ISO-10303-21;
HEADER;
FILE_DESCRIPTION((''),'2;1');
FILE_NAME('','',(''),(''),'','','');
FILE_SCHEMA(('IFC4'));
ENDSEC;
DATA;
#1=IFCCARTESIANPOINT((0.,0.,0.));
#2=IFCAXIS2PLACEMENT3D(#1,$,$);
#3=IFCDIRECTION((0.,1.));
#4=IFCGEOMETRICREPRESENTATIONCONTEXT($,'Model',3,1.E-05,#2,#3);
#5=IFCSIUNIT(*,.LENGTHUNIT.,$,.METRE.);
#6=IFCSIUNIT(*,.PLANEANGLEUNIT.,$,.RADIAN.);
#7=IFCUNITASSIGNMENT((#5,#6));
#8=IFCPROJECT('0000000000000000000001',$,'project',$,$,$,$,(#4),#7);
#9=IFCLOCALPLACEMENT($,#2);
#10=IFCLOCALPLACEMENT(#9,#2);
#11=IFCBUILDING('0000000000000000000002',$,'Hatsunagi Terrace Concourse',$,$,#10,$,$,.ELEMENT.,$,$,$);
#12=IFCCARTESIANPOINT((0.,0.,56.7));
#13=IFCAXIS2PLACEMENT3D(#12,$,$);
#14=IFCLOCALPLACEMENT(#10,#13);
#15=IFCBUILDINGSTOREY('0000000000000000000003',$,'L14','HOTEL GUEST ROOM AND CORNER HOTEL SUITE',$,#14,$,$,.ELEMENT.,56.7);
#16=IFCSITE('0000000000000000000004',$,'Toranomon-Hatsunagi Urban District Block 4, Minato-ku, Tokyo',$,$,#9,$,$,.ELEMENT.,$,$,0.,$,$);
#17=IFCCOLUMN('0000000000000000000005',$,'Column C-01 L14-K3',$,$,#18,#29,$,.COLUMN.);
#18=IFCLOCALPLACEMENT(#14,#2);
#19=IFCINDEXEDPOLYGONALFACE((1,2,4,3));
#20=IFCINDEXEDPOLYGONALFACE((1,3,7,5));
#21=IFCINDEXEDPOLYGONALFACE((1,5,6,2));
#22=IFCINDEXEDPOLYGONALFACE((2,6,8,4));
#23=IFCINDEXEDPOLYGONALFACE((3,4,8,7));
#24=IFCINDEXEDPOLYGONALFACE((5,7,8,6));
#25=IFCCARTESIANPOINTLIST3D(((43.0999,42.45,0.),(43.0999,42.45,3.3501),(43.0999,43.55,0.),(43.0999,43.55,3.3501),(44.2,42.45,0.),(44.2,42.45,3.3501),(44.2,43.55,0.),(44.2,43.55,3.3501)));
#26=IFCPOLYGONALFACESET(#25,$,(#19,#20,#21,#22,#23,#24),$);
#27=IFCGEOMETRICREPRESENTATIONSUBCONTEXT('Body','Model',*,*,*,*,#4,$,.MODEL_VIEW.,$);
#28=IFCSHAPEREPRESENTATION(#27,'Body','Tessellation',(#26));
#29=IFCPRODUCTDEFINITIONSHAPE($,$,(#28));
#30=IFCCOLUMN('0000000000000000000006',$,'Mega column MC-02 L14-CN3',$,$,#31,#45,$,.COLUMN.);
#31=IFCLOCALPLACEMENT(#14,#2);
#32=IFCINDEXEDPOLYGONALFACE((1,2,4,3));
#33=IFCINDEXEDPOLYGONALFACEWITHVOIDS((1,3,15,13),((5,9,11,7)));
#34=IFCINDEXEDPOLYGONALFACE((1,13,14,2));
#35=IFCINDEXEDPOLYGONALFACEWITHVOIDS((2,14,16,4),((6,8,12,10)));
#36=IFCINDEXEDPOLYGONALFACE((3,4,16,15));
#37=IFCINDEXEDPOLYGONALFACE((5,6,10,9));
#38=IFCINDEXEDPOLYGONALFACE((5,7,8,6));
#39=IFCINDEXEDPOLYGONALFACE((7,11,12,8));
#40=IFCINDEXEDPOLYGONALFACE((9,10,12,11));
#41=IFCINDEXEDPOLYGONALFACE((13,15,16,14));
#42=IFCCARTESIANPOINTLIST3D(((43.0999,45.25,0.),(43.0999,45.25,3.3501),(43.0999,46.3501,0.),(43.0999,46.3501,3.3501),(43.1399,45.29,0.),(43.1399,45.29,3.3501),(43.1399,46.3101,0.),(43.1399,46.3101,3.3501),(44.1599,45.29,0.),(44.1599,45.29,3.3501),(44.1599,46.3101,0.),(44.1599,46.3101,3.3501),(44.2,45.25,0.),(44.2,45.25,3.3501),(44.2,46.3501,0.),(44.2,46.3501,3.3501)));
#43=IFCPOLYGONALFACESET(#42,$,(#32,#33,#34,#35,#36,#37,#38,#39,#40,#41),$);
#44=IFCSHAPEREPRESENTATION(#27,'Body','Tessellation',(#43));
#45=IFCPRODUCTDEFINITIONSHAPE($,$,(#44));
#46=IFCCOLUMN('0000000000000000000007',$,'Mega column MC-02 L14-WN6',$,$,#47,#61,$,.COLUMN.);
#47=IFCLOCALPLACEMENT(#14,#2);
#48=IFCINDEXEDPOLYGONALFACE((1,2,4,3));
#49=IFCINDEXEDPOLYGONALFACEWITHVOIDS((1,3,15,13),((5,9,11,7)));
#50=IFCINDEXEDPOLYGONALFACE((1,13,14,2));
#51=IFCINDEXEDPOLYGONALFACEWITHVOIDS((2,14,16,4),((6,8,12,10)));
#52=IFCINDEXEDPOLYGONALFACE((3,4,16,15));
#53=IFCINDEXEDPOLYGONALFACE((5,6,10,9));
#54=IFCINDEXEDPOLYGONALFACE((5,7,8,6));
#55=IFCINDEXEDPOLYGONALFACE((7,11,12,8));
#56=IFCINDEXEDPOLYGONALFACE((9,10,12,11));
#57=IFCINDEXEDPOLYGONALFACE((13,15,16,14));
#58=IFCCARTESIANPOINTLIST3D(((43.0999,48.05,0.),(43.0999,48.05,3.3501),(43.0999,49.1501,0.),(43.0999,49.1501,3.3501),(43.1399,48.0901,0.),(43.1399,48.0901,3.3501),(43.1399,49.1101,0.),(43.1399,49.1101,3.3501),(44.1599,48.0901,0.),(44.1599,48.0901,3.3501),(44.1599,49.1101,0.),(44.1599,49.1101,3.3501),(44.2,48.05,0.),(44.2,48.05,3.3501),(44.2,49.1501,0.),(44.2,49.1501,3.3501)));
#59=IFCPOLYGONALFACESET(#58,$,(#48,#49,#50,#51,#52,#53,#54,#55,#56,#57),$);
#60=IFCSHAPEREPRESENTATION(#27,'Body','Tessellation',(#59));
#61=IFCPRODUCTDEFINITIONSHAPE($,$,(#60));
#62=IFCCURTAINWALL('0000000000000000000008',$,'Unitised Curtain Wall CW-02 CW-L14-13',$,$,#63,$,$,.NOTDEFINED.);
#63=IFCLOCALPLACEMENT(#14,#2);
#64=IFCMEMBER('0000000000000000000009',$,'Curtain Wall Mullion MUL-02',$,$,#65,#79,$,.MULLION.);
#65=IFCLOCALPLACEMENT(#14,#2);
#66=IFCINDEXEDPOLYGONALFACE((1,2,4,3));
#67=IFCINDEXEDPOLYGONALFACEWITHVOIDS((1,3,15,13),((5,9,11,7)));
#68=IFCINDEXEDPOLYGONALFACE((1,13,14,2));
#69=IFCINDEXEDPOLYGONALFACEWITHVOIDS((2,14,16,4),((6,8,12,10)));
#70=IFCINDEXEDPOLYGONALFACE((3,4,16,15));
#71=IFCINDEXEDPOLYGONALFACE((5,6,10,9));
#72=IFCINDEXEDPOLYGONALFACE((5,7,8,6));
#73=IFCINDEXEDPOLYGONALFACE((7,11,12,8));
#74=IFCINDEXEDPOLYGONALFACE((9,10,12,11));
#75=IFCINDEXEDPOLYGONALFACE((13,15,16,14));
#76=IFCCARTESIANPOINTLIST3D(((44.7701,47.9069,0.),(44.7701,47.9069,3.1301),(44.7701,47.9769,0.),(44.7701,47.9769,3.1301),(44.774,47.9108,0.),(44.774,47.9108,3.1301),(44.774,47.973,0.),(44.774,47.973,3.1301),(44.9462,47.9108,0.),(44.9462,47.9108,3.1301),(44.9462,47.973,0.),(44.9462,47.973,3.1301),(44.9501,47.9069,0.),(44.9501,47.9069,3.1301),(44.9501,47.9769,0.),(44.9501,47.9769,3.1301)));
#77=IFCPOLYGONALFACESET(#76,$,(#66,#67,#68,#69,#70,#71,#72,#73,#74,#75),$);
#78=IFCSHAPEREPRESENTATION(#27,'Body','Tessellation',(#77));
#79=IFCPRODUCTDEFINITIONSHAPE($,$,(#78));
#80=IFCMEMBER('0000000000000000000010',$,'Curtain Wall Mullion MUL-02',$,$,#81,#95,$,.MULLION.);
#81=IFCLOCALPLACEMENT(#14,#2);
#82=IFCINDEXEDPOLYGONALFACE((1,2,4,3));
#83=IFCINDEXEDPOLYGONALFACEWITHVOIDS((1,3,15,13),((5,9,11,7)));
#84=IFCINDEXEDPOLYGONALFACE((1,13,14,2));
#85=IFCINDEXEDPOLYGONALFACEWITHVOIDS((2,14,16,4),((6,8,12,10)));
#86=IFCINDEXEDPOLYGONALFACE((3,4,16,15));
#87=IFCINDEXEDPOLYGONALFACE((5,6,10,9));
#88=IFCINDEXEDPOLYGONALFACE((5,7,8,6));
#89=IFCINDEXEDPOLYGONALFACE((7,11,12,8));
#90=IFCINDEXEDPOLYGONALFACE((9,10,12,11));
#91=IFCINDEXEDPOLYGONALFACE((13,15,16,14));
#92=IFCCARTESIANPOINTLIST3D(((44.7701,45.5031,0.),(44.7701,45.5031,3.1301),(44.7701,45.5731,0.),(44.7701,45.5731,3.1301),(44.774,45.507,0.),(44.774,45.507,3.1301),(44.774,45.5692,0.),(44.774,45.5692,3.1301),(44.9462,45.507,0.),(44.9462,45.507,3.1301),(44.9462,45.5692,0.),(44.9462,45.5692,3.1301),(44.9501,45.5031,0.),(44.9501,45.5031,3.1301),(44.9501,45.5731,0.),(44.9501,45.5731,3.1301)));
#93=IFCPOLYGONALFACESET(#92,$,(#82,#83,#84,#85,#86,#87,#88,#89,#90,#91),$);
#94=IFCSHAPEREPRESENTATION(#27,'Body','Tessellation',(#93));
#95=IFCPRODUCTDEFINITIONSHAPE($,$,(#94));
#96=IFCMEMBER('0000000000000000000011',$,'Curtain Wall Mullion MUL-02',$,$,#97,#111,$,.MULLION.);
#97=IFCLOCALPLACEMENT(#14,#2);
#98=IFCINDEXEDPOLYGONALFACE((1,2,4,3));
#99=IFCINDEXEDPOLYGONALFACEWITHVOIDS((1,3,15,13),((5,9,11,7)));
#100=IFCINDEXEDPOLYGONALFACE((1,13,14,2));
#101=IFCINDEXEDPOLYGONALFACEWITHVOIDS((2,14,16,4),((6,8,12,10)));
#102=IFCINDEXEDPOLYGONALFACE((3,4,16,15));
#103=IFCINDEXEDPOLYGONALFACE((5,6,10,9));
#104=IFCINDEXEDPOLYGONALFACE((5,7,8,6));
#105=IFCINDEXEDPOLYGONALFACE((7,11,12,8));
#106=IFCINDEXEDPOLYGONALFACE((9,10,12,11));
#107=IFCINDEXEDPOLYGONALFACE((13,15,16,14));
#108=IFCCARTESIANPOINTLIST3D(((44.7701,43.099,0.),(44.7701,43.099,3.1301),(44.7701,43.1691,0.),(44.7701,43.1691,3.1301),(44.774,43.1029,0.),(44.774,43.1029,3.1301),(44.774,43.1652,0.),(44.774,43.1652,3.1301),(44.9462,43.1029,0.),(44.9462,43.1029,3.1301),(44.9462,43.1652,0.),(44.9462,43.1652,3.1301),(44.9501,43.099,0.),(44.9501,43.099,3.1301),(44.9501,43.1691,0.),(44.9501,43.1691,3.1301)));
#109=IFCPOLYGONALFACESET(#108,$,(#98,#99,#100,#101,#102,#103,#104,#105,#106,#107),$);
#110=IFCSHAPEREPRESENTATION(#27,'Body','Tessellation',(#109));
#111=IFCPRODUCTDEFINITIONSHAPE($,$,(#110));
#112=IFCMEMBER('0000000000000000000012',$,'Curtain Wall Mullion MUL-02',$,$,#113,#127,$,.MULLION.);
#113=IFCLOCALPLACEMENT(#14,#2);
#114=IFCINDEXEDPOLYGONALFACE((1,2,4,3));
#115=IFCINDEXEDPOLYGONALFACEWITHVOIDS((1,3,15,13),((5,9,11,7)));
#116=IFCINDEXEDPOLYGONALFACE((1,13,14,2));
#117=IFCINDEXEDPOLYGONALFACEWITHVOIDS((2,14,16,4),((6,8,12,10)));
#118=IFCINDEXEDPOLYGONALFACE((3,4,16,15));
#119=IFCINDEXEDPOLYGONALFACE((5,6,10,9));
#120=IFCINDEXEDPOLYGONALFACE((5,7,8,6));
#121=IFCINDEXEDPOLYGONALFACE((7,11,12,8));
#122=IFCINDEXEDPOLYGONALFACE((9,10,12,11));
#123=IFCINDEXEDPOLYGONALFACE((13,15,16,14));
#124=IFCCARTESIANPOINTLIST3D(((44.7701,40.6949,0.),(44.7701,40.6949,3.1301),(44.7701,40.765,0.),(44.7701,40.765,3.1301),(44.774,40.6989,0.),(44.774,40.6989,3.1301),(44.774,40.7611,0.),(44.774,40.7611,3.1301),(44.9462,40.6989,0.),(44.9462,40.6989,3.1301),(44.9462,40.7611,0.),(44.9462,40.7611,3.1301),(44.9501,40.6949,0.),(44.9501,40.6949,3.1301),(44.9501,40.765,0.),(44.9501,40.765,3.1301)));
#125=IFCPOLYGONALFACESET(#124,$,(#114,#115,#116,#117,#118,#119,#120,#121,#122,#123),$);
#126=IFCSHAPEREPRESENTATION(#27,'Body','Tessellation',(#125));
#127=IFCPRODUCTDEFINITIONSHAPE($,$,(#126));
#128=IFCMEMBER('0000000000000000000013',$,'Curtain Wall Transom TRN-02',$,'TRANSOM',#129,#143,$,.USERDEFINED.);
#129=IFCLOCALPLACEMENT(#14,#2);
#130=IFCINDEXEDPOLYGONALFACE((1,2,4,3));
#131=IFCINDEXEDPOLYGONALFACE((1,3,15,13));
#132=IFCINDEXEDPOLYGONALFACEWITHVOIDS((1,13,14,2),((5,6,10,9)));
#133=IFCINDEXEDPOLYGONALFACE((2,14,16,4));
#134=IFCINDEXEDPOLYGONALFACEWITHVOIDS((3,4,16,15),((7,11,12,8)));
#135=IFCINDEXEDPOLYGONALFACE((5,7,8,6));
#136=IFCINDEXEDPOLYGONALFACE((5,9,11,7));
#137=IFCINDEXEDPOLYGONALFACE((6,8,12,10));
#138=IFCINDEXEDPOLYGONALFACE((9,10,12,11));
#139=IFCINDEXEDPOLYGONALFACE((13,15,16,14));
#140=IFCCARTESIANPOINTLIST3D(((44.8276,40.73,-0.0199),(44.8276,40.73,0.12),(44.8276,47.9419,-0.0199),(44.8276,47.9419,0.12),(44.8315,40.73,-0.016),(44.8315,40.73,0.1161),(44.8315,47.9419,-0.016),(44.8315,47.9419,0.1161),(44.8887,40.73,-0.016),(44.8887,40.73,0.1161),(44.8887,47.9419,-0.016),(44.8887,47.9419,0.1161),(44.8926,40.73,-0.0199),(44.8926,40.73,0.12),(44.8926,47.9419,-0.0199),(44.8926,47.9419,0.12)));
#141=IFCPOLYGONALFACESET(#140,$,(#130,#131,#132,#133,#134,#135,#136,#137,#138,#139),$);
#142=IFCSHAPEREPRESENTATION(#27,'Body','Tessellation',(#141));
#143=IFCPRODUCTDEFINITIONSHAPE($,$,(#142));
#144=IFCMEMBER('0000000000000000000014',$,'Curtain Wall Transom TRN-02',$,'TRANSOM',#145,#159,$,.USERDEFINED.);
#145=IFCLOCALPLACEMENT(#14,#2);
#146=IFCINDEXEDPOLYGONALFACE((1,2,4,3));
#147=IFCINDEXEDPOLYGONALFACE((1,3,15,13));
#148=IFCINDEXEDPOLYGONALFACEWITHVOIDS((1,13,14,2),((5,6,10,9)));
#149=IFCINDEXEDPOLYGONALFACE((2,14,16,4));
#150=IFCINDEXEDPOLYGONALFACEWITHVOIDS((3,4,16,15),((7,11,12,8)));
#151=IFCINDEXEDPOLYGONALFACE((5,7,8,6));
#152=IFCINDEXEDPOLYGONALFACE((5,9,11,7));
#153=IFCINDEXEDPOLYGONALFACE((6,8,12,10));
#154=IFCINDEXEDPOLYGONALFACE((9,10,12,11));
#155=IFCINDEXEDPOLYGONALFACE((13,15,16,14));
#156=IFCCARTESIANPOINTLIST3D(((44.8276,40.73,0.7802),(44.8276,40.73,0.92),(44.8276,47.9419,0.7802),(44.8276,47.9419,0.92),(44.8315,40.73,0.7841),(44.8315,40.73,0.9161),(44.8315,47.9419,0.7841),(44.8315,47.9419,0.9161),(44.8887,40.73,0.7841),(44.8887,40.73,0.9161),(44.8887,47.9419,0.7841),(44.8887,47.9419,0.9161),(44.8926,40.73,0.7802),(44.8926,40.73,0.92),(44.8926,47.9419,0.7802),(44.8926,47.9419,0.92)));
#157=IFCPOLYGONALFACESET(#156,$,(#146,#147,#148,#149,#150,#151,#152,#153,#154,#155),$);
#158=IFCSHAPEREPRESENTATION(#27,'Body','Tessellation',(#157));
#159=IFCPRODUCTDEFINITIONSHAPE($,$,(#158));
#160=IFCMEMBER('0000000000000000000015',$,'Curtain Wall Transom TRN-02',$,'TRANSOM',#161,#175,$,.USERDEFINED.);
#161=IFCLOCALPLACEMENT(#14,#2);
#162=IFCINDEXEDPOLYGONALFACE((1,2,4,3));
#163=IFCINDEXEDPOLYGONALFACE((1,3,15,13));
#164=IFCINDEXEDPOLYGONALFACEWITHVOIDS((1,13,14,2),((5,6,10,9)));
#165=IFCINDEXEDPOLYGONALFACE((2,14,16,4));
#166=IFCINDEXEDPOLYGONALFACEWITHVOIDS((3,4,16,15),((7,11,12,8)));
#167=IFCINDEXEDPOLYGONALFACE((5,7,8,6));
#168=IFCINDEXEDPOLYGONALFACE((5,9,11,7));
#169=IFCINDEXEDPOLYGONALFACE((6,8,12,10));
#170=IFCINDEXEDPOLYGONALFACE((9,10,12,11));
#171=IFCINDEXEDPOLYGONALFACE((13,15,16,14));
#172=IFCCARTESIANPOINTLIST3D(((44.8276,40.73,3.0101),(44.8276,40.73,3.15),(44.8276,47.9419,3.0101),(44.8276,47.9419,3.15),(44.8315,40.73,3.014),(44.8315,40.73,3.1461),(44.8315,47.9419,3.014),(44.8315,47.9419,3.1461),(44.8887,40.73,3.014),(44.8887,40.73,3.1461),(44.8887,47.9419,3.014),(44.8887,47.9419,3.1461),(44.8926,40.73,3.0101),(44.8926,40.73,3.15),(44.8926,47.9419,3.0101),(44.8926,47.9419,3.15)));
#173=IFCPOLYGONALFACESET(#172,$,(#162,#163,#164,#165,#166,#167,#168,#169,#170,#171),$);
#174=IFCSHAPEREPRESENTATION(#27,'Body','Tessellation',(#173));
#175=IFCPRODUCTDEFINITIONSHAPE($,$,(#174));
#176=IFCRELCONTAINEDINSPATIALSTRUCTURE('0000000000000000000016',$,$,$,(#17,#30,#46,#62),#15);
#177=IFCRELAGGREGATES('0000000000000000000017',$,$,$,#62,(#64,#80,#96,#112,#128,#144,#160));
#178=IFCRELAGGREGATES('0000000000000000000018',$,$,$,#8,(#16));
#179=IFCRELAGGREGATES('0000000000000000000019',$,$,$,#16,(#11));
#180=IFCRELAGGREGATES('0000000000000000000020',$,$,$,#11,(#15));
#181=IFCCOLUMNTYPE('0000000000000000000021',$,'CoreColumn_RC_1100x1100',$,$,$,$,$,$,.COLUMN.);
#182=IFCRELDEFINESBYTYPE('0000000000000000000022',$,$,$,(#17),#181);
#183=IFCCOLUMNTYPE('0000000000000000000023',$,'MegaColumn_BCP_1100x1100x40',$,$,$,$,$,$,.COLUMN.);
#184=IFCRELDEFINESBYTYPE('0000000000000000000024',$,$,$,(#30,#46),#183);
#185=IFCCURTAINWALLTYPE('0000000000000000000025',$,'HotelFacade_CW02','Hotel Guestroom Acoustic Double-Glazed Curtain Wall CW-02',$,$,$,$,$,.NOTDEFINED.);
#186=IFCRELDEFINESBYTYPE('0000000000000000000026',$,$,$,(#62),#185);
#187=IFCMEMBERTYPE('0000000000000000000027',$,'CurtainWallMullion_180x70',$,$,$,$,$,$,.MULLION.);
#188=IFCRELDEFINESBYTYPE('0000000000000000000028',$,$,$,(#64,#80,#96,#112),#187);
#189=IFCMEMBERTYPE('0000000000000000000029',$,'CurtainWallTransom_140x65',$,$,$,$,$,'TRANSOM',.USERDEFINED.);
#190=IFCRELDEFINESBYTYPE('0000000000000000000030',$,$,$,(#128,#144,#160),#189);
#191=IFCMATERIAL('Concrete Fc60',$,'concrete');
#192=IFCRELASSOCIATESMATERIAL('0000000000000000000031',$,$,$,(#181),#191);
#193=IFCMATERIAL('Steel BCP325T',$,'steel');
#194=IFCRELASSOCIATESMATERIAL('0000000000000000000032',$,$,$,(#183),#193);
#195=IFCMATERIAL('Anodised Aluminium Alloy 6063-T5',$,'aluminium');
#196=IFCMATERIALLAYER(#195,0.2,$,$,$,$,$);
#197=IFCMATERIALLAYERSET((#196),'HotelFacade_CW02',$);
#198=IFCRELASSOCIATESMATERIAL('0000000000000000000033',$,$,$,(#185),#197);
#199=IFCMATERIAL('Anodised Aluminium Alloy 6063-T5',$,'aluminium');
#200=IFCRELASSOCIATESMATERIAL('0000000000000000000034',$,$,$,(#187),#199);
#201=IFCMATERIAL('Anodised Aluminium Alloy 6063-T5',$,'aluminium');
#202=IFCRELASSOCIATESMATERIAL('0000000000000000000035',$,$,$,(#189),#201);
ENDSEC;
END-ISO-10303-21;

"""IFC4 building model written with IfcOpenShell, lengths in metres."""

from ifc_helpers import new_model, si_unit, direction, frame, origin, origin_2d, place, context, subcontext, project, spatial, rectangle, hollow_rectangle, extrude, material, layer, layer_set, material_profile, profile_set, type_object, element, aggregate, save


model = new_model("IFC4")

# Units and contexts
model_context = context("Model", 3, precision=1e-05, world=origin(), true_north=direction((0.0, 1.0)))
body_context = subcontext(model_context, "Body", "Model", "MODEL_VIEW")
ifc_project = project(units=[si_unit("LENGTHUNIT", "METRE"), si_unit("PLANEANGLEUNIT", "RADIAN")], contexts=[model_context])

# Site, building, storey
site_placement = place(None, origin())
site = spatial("IfcSite", under=ifc_project, at=site_placement, Name="Toranomon-Hatsunagi Urban District Block 4, Minato-ku, Tokyo", CompositionType="ELEMENT", RefElevation=0.0)
building_placement = place(site_placement, origin())
building = spatial("IfcBuilding", under=site, at=building_placement, Name="Hatsunagi Terrace Concourse", CompositionType="ELEMENT")
storey_placement = place(building_placement, frame((0.0, 0.0, 56.7)))
storey = spatial("IfcBuildingStorey", under=building, at=storey_placement, Name="L14", Description="HOTEL GUEST ROOM AND CORNER HOTEL SUITE", CompositionType="ELEMENT", Elevation=56.7)

# Columns
ifc_material_1 = material(Name="Concrete Fc60", Category="concrete")
ifc_material_profile_1 = material_profile(ifc_material_1, rectangle(XDim=1.1001, YDim=1.1001, at=origin_2d()), Name="RC-1100x1100")
ifc_profile_set_1 = profile_set([ifc_material_profile_1], Name="Concrete Fc60")
column_type_1 = type_object("IfcColumnType", Name="CoreColumn_RC_1100x1100", PredefinedType="COLUMN", material=ifc_profile_set_1)
column_placement = place(storey_placement, frame((43.6499, 43.0, 0.0), z_axis=(0.0, 0.0, 1.0), x_axis=(1.0, 0.0, 0.0)))
element("IfcColumn", 1, at=column_placement, inside=storey, type_object=column_type_1, Name="Column C-01 L14-K3", PredefinedType="COLUMN", context=body_context, shape_type="SweptSolid", body=[
    extrude(rectangle(XDim=1.1001, YDim=1.1001, at=origin_2d()), origin(), (0.0, 0.0, 1.0), 3.3501),
])
ifc_material_2 = material(Name="Steel BCP325T", Category="steel")
ifc_material_profile_2 = material_profile(ifc_material_2, hollow_rectangle(XDim=1.1001, YDim=1.1001, WallThickness=0.04, at=origin_2d()), Name="BCP-1100x1100x40")
ifc_profile_set_2 = profile_set([ifc_material_profile_2], Name="Steel BCP325T")
column_type_2 = type_object("IfcColumnType", Name="MegaColumn_BCP_1100x1100x40", PredefinedType="COLUMN", material=ifc_profile_set_2)
for number, where, z_axis, x_axis, name in (
    (2, (43.6499, 45.8, 0.0), (0.0, 0.0, 1.0), (1.0, 0.0, 0.0), "Mega column MC-02 L14-CN3"),
    (3, (43.6499, 48.6001, 0.0), (0.0, 0.0, 1.0), (1.0, 0.0, 0.0), "Mega column MC-02 L14-WN6"),
):
    element("IfcColumn", number, at=place(storey_placement, frame(where, z_axis=z_axis, x_axis=x_axis)), inside=storey, type_object=column_type_2, Name=name, PredefinedType="COLUMN", context=body_context, shape_type="SweptSolid", body=[
        extrude(hollow_rectangle(XDim=1.1001, YDim=1.1001, WallThickness=0.04, at=origin_2d()), origin(), (0.0, 0.0, 1.0), 3.3501),
    ])

# Curtain wall, members
ifc_material_3 = material(Name="Anodised Aluminium Alloy 6063-T5", Category="aluminium")
ifc_layer_1 = layer(ifc_material_3, 0.2)
ifc_layer_set_1 = layer_set([ifc_layer_1], Name="HotelFacade_CW02")
curtain_wall_type = type_object("IfcCurtainWallType", Name="HotelFacade_CW02", Description="Hotel Guestroom Acoustic Double-Glazed Curtain Wall CW-02", PredefinedType="NOTDEFINED", material=ifc_layer_set_1)
curtain_wall_placement = place(storey_placement, origin())
curtain_wall = element("IfcCurtainWall", 4, at=curtain_wall_placement, inside=storey, type_object=curtain_wall_type, Name="Unitised Curtain Wall CW-02 CW-L14-13", PredefinedType="NOTDEFINED")
ifc_material_4 = material(Name="Anodised Aluminium Alloy 6063-T5", Category="aluminium")
ifc_material_profile_3 = material_profile(ifc_material_4, hollow_rectangle(XDim=0.0701, YDim=0.1799, WallThickness=0.0039, at=origin_2d()), Name="ALU-MUL-180x70x4")
ifc_profile_set_3 = profile_set([ifc_material_profile_3], Name="Anodised Aluminium Alloy 6063-T5")
member_type_1 = type_object("IfcMemberType", Name="CurtainWallMullion_180x70", PredefinedType="MULLION", material=ifc_profile_set_3)
member_1_placement = place(storey_placement, frame((44.8601, 47.9419, 0.0), z_axis=(0.0, 0.0, 1.0), x_axis=(0.0, -1.0, 0.0)))
member_1 = element("IfcMember", 5, at=member_1_placement, type_object=member_type_1, Name="Curtain Wall Mullion MUL-02", PredefinedType="MULLION", context=body_context, shape_type="SweptSolid", body=[
    extrude(hollow_rectangle(XDim=0.0701, YDim=0.1799, WallThickness=0.0039, at=origin_2d()), origin(), (0.0, 0.0, 1.0), 3.1301),
])
member_2_placement = place(storey_placement, frame((44.8601, 45.5381, 0.0), z_axis=(0.0, 0.0, 1.0), x_axis=(0.0, -1.0, 0.0)))
member_2 = element("IfcMember", 6, at=member_2_placement, type_object=member_type_1, Name="Curtain Wall Mullion MUL-02", PredefinedType="MULLION", context=body_context, shape_type="SweptSolid", body=[
    extrude(hollow_rectangle(XDim=0.0701, YDim=0.1799, WallThickness=0.0039, at=origin_2d()), origin(), (0.0, 0.0, 1.0), 3.1301),
])
member_3_placement = place(storey_placement, frame((44.8601, 43.134, 0.0), z_axis=(0.0, 0.0, 1.0), x_axis=(0.0, -1.0, 0.0)))
member_3 = element("IfcMember", 7, at=member_3_placement, type_object=member_type_1, Name="Curtain Wall Mullion MUL-02", PredefinedType="MULLION", context=body_context, shape_type="SweptSolid", body=[
    extrude(hollow_rectangle(XDim=0.0701, YDim=0.1799, WallThickness=0.0039, at=origin_2d()), origin(), (0.0, 0.0, 1.0), 3.1301),
])
member_4_placement = place(storey_placement, frame((44.8601, 40.73, 0.0), z_axis=(0.0, 0.0, 1.0), x_axis=(0.0, -1.0, 0.0)))
member_4 = element("IfcMember", 8, at=member_4_placement, type_object=member_type_1, Name="Curtain Wall Mullion MUL-02", PredefinedType="MULLION", context=body_context, shape_type="SweptSolid", body=[
    extrude(hollow_rectangle(XDim=0.0701, YDim=0.1799, WallThickness=0.0039, at=origin_2d()), origin(), (0.0, 0.0, 1.0), 3.1301),
])
ifc_material_5 = material(Name="Anodised Aluminium Alloy 6063-T5", Category="aluminium")
ifc_material_profile_4 = material_profile(ifc_material_5, hollow_rectangle(XDim=0.0649, YDim=0.1399, WallThickness=0.0039, at=origin_2d()), Name="ALU-TRN-140x65x4")
ifc_profile_set_4 = profile_set([ifc_material_profile_4], Name="Anodised Aluminium Alloy 6063-T5")
member_type_2 = type_object("IfcMemberType", Name="CurtainWallTransom_140x65", ElementType="TRANSOM", PredefinedType="USERDEFINED", material=ifc_profile_set_4)
member_5_placement = place(storey_placement, frame((44.8601, 47.9419, 0.05), z_axis=(0.0, -1.0, 0.0), x_axis=(1.0, 0.0, 0.0)))
member_5 = element("IfcMember", 9, at=member_5_placement, type_object=member_type_2, Name="Curtain Wall Transom TRN-02", ObjectType="TRANSOM", PredefinedType="USERDEFINED", context=body_context, shape_type="SweptSolid", body=[
    extrude(hollow_rectangle(XDim=0.0649, YDim=0.1399, WallThickness=0.0039, at=origin_2d()), origin(), (0.0, 0.0, 1.0), 7.2119),
])
member_6_placement = place(storey_placement, frame((44.8601, 47.9419, 0.8501), z_axis=(0.0, -1.0, 0.0), x_axis=(1.0, 0.0, 0.0)))
member_6 = element("IfcMember", 10, at=member_6_placement, type_object=member_type_2, Name="Curtain Wall Transom TRN-02", ObjectType="TRANSOM", PredefinedType="USERDEFINED", context=body_context, shape_type="SweptSolid", body=[
    extrude(hollow_rectangle(XDim=0.0649, YDim=0.1399, WallThickness=0.0039, at=origin_2d()), origin(), (0.0, 0.0, 1.0), 7.2119),
])
member_7_placement = place(storey_placement, frame((44.8601, 47.9419, 3.0801), z_axis=(0.0, -1.0, 0.0), x_axis=(1.0, 0.0, 0.0)))
member_7 = element("IfcMember", 11, at=member_7_placement, type_object=member_type_2, Name="Curtain Wall Transom TRN-02", ObjectType="TRANSOM", PredefinedType="USERDEFINED", context=body_context, shape_type="SweptSolid", body=[
    extrude(hollow_rectangle(XDim=0.0649, YDim=0.1399, WallThickness=0.0039, at=origin_2d()), origin(), (0.0, 0.0, 1.0), 7.2119),
])

aggregate(curtain_wall, [member_1, member_2, member_3, member_4, member_5, member_6, member_7])

save(model, "model.ifc")
